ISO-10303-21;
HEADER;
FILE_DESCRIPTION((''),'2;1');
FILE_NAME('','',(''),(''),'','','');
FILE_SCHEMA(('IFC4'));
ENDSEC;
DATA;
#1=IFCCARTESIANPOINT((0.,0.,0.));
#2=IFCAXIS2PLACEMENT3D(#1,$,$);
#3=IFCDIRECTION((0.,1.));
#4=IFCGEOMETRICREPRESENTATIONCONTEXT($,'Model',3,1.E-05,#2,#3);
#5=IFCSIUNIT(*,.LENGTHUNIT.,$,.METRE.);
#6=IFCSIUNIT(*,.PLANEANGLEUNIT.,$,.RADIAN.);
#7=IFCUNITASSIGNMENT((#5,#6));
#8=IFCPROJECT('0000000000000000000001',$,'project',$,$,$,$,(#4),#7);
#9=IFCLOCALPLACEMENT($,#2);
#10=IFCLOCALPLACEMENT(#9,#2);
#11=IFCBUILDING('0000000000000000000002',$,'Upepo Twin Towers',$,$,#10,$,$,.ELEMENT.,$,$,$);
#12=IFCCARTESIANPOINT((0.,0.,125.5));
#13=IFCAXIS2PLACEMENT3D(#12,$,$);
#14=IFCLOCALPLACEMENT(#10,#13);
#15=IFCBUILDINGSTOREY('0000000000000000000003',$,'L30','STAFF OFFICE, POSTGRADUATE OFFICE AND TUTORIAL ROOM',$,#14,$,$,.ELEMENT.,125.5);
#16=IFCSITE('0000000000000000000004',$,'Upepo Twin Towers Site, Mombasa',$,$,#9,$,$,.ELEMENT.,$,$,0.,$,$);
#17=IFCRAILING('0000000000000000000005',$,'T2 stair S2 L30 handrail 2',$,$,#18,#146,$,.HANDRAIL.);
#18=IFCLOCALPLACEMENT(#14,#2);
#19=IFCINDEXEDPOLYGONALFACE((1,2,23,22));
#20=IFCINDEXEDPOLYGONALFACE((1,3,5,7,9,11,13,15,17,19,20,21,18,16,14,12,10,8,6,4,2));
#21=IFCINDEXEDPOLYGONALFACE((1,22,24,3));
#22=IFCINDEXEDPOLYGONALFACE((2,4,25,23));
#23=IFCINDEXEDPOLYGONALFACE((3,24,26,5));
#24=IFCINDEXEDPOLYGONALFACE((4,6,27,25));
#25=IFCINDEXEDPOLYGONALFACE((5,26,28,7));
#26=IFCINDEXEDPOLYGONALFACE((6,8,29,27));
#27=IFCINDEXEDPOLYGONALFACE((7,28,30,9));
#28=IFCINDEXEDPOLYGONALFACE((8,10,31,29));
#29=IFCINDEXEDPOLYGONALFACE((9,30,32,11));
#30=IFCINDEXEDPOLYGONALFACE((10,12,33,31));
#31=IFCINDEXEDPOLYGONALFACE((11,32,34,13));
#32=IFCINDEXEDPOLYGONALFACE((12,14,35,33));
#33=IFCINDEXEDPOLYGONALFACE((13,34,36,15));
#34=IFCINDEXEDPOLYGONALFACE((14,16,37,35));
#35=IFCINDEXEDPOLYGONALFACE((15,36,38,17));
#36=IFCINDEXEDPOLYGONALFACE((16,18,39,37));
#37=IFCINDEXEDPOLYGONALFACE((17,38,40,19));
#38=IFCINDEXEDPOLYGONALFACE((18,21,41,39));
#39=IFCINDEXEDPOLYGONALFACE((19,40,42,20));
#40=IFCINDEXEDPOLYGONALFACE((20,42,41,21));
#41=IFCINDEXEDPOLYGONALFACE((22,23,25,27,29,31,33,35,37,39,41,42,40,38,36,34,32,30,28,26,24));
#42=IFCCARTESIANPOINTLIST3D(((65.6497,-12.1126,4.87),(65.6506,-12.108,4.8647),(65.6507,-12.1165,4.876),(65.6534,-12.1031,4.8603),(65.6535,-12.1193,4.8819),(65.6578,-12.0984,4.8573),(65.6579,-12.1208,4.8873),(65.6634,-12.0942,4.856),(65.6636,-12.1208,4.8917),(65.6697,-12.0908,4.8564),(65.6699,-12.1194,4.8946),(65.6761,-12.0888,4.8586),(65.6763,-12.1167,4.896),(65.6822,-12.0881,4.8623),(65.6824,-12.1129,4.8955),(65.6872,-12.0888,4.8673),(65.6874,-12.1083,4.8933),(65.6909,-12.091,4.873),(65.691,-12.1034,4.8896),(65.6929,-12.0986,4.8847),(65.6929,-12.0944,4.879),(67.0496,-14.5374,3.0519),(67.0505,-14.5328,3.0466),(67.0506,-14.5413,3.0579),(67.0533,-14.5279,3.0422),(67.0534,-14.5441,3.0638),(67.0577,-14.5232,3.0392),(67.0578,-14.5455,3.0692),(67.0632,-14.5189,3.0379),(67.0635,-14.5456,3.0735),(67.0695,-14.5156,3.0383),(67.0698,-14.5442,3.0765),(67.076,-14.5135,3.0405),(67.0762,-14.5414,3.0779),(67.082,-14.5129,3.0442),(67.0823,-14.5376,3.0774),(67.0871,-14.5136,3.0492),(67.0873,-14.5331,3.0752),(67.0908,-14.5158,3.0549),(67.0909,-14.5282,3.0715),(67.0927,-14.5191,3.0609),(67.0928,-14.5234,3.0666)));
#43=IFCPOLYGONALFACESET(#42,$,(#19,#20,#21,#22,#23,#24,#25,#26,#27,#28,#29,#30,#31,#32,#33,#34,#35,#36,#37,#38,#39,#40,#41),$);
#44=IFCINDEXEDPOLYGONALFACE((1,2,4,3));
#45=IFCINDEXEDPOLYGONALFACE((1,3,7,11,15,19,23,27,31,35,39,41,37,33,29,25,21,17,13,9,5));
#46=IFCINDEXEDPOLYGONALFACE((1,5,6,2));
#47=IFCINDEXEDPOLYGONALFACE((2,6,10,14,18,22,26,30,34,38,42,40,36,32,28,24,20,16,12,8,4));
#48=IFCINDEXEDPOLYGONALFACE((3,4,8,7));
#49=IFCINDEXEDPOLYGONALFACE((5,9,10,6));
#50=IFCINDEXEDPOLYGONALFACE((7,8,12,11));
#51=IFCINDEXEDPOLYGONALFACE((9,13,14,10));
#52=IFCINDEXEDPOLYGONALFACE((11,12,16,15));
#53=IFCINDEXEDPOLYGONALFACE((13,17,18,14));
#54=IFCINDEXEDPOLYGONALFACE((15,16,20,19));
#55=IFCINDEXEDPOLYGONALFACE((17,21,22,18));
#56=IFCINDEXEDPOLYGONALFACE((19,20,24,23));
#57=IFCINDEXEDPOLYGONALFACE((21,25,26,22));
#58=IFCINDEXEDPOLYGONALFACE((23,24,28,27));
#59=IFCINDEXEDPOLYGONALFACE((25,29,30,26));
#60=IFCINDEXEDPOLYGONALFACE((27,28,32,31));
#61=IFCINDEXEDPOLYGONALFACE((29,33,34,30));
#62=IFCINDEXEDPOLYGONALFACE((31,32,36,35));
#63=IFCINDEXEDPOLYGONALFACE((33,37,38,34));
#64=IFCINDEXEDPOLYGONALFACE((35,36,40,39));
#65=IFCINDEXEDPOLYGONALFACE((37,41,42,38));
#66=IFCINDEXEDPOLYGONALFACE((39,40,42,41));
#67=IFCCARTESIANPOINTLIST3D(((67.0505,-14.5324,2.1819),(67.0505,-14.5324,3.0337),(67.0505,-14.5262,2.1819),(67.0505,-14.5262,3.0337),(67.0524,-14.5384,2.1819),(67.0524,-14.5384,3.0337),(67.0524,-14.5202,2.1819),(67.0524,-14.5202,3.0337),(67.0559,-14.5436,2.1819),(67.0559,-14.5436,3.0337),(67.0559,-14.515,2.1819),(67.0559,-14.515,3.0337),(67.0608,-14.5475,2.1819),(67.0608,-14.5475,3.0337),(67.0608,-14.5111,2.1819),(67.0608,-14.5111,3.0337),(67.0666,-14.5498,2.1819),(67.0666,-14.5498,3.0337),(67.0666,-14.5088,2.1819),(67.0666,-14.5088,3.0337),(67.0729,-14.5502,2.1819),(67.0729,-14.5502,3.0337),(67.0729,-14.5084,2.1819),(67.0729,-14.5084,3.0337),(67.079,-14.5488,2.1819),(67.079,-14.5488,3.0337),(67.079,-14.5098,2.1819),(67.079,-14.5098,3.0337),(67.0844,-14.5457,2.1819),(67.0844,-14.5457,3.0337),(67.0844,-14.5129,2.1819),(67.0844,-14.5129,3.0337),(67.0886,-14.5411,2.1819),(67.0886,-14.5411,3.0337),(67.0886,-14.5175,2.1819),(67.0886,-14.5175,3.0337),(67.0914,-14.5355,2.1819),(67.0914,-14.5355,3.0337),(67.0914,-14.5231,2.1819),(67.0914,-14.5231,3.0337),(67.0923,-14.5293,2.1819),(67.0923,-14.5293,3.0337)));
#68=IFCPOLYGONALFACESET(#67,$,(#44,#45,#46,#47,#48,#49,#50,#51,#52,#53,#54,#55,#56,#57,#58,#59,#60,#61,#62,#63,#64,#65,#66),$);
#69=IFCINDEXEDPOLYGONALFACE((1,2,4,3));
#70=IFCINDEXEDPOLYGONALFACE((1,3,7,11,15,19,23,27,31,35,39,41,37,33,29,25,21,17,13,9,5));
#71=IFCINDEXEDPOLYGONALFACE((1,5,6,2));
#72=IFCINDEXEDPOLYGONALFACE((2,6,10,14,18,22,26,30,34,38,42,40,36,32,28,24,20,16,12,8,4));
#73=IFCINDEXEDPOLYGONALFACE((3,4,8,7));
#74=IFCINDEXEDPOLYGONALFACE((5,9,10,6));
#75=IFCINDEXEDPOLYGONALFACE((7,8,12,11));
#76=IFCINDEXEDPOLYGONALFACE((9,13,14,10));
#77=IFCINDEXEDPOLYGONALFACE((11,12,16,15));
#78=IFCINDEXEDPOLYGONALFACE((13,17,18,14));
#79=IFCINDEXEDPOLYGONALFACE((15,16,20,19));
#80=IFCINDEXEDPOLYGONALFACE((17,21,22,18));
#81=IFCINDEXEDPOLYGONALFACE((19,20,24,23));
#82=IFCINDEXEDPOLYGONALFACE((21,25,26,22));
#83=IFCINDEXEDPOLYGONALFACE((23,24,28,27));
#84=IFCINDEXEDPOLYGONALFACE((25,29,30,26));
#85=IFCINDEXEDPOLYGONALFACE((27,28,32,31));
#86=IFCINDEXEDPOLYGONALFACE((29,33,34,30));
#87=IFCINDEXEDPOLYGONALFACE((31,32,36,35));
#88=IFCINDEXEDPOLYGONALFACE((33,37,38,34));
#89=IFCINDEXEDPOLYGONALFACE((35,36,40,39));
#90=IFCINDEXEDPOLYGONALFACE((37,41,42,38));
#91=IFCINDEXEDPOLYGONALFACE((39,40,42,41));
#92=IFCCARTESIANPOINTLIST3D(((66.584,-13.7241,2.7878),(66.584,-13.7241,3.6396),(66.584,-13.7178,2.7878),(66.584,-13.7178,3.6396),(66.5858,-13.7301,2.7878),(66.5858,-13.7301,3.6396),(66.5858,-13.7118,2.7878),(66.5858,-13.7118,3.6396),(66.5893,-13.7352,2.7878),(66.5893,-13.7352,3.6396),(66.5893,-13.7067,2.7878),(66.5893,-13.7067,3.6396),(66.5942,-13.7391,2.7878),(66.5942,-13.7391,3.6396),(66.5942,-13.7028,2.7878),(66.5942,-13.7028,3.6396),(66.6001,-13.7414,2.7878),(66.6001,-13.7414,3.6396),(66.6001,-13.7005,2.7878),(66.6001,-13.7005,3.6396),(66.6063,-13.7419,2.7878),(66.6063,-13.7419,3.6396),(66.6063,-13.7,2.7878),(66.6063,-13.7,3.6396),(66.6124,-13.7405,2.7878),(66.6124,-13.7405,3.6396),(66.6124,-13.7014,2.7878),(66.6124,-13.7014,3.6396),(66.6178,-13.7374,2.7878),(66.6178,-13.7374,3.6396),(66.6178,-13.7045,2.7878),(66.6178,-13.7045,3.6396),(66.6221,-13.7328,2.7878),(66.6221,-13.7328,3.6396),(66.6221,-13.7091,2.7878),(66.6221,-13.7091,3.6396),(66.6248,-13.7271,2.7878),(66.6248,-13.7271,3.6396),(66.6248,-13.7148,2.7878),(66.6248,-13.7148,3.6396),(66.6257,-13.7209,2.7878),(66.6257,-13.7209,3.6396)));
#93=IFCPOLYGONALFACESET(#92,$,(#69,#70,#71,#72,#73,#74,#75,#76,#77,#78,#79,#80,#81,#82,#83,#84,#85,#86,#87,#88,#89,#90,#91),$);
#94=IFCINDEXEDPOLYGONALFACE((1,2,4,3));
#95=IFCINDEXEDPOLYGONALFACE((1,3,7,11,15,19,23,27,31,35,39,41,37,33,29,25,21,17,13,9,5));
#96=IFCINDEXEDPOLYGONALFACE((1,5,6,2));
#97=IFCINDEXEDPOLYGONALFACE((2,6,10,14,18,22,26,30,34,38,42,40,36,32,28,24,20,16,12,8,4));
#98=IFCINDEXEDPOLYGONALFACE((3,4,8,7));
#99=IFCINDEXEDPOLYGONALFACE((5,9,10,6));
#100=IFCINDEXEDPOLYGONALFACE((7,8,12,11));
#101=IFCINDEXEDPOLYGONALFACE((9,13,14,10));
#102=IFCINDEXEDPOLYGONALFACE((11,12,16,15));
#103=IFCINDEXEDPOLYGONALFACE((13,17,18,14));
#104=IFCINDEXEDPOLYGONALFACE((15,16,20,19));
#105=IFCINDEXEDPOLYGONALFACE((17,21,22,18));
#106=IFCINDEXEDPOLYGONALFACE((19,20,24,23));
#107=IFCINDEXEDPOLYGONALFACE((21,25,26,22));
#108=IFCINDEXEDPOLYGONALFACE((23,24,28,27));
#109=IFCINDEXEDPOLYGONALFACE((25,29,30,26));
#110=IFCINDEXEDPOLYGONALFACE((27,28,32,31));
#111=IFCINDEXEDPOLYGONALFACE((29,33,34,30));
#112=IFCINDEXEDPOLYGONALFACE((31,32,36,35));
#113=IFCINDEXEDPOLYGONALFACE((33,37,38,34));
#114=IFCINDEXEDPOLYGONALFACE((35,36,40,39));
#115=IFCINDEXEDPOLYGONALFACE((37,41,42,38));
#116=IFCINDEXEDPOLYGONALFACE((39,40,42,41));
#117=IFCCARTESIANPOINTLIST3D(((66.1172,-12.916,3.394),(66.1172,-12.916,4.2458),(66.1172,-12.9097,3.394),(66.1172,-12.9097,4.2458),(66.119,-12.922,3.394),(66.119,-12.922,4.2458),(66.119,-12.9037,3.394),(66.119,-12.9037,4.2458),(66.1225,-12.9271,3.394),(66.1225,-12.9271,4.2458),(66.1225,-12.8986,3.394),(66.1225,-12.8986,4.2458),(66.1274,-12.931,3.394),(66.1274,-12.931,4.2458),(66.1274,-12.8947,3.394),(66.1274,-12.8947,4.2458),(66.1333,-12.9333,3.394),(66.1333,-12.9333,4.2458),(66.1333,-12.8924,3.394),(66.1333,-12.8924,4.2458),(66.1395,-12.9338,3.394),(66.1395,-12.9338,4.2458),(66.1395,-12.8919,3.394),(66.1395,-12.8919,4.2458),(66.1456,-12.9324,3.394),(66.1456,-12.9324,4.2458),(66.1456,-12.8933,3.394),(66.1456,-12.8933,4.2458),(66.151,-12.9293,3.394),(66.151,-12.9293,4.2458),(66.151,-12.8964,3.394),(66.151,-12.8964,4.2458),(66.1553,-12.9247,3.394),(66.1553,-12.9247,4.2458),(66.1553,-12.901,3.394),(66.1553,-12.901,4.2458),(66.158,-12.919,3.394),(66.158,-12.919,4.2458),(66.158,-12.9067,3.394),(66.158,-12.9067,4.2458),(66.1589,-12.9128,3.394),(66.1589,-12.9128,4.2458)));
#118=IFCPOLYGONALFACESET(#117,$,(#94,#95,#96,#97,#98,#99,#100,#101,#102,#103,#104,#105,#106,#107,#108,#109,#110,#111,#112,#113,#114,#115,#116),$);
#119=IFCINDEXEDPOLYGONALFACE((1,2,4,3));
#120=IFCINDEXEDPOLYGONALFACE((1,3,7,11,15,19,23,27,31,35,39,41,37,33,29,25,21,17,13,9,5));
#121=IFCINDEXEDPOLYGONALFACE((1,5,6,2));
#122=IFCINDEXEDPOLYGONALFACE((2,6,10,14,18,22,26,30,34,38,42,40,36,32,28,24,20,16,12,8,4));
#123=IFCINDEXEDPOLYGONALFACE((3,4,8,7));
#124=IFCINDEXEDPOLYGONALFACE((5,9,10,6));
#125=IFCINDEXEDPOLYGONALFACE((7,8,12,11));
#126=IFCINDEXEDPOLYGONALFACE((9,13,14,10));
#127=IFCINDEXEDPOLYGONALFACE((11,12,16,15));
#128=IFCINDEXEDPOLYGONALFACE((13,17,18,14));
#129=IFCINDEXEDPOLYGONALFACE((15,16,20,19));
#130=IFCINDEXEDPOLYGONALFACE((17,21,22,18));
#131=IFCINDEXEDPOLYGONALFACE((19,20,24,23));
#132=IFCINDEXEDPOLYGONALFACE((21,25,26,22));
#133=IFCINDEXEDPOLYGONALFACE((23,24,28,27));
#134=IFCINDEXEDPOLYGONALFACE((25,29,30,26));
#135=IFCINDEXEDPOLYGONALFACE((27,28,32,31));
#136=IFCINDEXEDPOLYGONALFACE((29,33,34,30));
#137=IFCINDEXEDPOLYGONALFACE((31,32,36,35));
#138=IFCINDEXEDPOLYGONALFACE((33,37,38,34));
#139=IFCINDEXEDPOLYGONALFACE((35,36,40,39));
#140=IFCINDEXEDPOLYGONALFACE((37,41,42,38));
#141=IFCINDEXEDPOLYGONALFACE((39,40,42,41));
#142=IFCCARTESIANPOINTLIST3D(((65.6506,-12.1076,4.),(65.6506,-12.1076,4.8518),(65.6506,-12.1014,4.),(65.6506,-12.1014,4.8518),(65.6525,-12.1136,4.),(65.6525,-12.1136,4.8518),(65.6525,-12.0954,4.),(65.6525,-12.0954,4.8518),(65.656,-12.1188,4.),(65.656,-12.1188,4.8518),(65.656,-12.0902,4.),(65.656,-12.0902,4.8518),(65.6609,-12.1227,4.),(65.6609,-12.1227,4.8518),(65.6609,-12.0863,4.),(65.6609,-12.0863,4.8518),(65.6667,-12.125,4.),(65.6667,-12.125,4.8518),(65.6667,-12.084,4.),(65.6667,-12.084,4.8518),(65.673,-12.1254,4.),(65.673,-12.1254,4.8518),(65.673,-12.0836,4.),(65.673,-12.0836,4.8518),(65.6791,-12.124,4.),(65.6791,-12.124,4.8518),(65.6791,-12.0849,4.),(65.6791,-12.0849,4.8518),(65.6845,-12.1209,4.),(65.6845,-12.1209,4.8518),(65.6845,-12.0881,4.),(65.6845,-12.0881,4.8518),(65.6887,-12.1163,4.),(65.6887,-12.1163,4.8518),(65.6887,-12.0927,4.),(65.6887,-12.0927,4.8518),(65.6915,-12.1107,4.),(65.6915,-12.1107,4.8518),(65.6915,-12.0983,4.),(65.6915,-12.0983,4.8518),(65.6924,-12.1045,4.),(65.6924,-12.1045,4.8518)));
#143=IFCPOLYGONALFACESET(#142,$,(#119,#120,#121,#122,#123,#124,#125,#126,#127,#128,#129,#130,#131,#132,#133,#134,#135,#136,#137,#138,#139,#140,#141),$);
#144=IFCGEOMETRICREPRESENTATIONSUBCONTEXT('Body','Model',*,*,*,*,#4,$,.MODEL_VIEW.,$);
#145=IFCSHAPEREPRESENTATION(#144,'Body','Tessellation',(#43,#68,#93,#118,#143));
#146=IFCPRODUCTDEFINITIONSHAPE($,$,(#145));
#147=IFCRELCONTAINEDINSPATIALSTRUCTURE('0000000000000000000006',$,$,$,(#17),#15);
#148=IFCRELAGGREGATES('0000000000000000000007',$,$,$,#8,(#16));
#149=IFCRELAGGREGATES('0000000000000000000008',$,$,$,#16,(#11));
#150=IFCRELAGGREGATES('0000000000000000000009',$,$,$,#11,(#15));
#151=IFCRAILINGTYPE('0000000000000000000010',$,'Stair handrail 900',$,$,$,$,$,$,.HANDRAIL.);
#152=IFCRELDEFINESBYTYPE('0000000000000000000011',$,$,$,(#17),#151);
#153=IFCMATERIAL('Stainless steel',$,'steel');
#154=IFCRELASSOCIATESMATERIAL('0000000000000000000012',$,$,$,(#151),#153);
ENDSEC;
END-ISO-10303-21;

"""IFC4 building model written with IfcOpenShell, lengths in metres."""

from ifc_helpers import new_model, si_unit, direction, frame, origin, origin_2d, place, context, subcontext, project, spatial, circle, extrude, material, type_object, element, save


model = new_model("IFC4")

# Units and contexts
model_context = context("Model", 3, precision=1e-05, world=origin(), true_north=direction((0.0, 1.0)))
body_context = subcontext(model_context, "Body", "Model", "MODEL_VIEW")
ifc_project = project(units=[si_unit("LENGTHUNIT", "METRE"), si_unit("PLANEANGLEUNIT", "RADIAN")], contexts=[model_context])

# Site, building, storey
site_placement = place(None, origin())
site = spatial("IfcSite", under=ifc_project, at=site_placement, Name="Upepo Twin Towers Site, Mombasa", CompositionType="ELEMENT", RefElevation=0.0)
building_placement = place(site_placement, origin())
building = spatial("IfcBuilding", under=site, at=building_placement, Name="Upepo Twin Towers", CompositionType="ELEMENT")
storey_placement = place(building_placement, frame((0.0, 0.0, 125.5)))
storey = spatial("IfcBuildingStorey", under=building, at=storey_placement, Name="L30", Description="STAFF OFFICE, POSTGRADUATE OFFICE AND TUTORIAL ROOM", CompositionType="ELEMENT", Elevation=125.5)

# Railing
ifc_material_1 = material(Name="Stainless steel", Category="steel")
railing_type = type_object("IfcRailingType", Name="Stair handrail 900", PredefinedType="HANDRAIL", material=ifc_material_1)
railing_1_placement = place(storey_placement, frame((67.0713, -14.5293, 2.1819)))
element("IfcRailing", 1, at=railing_1_placement, inside=storey, type_object=railing_type, Name="T2 stair S2 L30 handrail 2", PredefinedType="HANDRAIL", context=body_context, shape_type="SweptSolid", body=[
    extrude(circle(Radius=0.0239, at=origin_2d()), frame((0.0, 0.0, 0.876), z_axis=(-0.419333, 0.726336, 0.544606), x_axis=(-0.866035, -0.499984, 0.0)), (0.0, 0.0, 1.0), 3.3384),
    extrude(circle(Radius=0.021, at=origin_2d()), origin(), (0.0, 0.0, 1.0), 0.8518),
    extrude(circle(Radius=0.021, at=origin_2d()), frame((-0.4666, 0.8083, 0.606)), (0.0, 0.0, 1.0), 0.8518),
    extrude(circle(Radius=0.021, at=origin_2d()), frame((-0.9333, 1.6165, 1.2122)), (0.0, 0.0, 1.0), 0.8518),
    extrude(circle(Radius=0.021, at=origin_2d()), frame((-1.3999, 2.4248, 1.8181)), (0.0, 0.0, 1.0), 0.8518),
])

save(model, "model.ifc")
